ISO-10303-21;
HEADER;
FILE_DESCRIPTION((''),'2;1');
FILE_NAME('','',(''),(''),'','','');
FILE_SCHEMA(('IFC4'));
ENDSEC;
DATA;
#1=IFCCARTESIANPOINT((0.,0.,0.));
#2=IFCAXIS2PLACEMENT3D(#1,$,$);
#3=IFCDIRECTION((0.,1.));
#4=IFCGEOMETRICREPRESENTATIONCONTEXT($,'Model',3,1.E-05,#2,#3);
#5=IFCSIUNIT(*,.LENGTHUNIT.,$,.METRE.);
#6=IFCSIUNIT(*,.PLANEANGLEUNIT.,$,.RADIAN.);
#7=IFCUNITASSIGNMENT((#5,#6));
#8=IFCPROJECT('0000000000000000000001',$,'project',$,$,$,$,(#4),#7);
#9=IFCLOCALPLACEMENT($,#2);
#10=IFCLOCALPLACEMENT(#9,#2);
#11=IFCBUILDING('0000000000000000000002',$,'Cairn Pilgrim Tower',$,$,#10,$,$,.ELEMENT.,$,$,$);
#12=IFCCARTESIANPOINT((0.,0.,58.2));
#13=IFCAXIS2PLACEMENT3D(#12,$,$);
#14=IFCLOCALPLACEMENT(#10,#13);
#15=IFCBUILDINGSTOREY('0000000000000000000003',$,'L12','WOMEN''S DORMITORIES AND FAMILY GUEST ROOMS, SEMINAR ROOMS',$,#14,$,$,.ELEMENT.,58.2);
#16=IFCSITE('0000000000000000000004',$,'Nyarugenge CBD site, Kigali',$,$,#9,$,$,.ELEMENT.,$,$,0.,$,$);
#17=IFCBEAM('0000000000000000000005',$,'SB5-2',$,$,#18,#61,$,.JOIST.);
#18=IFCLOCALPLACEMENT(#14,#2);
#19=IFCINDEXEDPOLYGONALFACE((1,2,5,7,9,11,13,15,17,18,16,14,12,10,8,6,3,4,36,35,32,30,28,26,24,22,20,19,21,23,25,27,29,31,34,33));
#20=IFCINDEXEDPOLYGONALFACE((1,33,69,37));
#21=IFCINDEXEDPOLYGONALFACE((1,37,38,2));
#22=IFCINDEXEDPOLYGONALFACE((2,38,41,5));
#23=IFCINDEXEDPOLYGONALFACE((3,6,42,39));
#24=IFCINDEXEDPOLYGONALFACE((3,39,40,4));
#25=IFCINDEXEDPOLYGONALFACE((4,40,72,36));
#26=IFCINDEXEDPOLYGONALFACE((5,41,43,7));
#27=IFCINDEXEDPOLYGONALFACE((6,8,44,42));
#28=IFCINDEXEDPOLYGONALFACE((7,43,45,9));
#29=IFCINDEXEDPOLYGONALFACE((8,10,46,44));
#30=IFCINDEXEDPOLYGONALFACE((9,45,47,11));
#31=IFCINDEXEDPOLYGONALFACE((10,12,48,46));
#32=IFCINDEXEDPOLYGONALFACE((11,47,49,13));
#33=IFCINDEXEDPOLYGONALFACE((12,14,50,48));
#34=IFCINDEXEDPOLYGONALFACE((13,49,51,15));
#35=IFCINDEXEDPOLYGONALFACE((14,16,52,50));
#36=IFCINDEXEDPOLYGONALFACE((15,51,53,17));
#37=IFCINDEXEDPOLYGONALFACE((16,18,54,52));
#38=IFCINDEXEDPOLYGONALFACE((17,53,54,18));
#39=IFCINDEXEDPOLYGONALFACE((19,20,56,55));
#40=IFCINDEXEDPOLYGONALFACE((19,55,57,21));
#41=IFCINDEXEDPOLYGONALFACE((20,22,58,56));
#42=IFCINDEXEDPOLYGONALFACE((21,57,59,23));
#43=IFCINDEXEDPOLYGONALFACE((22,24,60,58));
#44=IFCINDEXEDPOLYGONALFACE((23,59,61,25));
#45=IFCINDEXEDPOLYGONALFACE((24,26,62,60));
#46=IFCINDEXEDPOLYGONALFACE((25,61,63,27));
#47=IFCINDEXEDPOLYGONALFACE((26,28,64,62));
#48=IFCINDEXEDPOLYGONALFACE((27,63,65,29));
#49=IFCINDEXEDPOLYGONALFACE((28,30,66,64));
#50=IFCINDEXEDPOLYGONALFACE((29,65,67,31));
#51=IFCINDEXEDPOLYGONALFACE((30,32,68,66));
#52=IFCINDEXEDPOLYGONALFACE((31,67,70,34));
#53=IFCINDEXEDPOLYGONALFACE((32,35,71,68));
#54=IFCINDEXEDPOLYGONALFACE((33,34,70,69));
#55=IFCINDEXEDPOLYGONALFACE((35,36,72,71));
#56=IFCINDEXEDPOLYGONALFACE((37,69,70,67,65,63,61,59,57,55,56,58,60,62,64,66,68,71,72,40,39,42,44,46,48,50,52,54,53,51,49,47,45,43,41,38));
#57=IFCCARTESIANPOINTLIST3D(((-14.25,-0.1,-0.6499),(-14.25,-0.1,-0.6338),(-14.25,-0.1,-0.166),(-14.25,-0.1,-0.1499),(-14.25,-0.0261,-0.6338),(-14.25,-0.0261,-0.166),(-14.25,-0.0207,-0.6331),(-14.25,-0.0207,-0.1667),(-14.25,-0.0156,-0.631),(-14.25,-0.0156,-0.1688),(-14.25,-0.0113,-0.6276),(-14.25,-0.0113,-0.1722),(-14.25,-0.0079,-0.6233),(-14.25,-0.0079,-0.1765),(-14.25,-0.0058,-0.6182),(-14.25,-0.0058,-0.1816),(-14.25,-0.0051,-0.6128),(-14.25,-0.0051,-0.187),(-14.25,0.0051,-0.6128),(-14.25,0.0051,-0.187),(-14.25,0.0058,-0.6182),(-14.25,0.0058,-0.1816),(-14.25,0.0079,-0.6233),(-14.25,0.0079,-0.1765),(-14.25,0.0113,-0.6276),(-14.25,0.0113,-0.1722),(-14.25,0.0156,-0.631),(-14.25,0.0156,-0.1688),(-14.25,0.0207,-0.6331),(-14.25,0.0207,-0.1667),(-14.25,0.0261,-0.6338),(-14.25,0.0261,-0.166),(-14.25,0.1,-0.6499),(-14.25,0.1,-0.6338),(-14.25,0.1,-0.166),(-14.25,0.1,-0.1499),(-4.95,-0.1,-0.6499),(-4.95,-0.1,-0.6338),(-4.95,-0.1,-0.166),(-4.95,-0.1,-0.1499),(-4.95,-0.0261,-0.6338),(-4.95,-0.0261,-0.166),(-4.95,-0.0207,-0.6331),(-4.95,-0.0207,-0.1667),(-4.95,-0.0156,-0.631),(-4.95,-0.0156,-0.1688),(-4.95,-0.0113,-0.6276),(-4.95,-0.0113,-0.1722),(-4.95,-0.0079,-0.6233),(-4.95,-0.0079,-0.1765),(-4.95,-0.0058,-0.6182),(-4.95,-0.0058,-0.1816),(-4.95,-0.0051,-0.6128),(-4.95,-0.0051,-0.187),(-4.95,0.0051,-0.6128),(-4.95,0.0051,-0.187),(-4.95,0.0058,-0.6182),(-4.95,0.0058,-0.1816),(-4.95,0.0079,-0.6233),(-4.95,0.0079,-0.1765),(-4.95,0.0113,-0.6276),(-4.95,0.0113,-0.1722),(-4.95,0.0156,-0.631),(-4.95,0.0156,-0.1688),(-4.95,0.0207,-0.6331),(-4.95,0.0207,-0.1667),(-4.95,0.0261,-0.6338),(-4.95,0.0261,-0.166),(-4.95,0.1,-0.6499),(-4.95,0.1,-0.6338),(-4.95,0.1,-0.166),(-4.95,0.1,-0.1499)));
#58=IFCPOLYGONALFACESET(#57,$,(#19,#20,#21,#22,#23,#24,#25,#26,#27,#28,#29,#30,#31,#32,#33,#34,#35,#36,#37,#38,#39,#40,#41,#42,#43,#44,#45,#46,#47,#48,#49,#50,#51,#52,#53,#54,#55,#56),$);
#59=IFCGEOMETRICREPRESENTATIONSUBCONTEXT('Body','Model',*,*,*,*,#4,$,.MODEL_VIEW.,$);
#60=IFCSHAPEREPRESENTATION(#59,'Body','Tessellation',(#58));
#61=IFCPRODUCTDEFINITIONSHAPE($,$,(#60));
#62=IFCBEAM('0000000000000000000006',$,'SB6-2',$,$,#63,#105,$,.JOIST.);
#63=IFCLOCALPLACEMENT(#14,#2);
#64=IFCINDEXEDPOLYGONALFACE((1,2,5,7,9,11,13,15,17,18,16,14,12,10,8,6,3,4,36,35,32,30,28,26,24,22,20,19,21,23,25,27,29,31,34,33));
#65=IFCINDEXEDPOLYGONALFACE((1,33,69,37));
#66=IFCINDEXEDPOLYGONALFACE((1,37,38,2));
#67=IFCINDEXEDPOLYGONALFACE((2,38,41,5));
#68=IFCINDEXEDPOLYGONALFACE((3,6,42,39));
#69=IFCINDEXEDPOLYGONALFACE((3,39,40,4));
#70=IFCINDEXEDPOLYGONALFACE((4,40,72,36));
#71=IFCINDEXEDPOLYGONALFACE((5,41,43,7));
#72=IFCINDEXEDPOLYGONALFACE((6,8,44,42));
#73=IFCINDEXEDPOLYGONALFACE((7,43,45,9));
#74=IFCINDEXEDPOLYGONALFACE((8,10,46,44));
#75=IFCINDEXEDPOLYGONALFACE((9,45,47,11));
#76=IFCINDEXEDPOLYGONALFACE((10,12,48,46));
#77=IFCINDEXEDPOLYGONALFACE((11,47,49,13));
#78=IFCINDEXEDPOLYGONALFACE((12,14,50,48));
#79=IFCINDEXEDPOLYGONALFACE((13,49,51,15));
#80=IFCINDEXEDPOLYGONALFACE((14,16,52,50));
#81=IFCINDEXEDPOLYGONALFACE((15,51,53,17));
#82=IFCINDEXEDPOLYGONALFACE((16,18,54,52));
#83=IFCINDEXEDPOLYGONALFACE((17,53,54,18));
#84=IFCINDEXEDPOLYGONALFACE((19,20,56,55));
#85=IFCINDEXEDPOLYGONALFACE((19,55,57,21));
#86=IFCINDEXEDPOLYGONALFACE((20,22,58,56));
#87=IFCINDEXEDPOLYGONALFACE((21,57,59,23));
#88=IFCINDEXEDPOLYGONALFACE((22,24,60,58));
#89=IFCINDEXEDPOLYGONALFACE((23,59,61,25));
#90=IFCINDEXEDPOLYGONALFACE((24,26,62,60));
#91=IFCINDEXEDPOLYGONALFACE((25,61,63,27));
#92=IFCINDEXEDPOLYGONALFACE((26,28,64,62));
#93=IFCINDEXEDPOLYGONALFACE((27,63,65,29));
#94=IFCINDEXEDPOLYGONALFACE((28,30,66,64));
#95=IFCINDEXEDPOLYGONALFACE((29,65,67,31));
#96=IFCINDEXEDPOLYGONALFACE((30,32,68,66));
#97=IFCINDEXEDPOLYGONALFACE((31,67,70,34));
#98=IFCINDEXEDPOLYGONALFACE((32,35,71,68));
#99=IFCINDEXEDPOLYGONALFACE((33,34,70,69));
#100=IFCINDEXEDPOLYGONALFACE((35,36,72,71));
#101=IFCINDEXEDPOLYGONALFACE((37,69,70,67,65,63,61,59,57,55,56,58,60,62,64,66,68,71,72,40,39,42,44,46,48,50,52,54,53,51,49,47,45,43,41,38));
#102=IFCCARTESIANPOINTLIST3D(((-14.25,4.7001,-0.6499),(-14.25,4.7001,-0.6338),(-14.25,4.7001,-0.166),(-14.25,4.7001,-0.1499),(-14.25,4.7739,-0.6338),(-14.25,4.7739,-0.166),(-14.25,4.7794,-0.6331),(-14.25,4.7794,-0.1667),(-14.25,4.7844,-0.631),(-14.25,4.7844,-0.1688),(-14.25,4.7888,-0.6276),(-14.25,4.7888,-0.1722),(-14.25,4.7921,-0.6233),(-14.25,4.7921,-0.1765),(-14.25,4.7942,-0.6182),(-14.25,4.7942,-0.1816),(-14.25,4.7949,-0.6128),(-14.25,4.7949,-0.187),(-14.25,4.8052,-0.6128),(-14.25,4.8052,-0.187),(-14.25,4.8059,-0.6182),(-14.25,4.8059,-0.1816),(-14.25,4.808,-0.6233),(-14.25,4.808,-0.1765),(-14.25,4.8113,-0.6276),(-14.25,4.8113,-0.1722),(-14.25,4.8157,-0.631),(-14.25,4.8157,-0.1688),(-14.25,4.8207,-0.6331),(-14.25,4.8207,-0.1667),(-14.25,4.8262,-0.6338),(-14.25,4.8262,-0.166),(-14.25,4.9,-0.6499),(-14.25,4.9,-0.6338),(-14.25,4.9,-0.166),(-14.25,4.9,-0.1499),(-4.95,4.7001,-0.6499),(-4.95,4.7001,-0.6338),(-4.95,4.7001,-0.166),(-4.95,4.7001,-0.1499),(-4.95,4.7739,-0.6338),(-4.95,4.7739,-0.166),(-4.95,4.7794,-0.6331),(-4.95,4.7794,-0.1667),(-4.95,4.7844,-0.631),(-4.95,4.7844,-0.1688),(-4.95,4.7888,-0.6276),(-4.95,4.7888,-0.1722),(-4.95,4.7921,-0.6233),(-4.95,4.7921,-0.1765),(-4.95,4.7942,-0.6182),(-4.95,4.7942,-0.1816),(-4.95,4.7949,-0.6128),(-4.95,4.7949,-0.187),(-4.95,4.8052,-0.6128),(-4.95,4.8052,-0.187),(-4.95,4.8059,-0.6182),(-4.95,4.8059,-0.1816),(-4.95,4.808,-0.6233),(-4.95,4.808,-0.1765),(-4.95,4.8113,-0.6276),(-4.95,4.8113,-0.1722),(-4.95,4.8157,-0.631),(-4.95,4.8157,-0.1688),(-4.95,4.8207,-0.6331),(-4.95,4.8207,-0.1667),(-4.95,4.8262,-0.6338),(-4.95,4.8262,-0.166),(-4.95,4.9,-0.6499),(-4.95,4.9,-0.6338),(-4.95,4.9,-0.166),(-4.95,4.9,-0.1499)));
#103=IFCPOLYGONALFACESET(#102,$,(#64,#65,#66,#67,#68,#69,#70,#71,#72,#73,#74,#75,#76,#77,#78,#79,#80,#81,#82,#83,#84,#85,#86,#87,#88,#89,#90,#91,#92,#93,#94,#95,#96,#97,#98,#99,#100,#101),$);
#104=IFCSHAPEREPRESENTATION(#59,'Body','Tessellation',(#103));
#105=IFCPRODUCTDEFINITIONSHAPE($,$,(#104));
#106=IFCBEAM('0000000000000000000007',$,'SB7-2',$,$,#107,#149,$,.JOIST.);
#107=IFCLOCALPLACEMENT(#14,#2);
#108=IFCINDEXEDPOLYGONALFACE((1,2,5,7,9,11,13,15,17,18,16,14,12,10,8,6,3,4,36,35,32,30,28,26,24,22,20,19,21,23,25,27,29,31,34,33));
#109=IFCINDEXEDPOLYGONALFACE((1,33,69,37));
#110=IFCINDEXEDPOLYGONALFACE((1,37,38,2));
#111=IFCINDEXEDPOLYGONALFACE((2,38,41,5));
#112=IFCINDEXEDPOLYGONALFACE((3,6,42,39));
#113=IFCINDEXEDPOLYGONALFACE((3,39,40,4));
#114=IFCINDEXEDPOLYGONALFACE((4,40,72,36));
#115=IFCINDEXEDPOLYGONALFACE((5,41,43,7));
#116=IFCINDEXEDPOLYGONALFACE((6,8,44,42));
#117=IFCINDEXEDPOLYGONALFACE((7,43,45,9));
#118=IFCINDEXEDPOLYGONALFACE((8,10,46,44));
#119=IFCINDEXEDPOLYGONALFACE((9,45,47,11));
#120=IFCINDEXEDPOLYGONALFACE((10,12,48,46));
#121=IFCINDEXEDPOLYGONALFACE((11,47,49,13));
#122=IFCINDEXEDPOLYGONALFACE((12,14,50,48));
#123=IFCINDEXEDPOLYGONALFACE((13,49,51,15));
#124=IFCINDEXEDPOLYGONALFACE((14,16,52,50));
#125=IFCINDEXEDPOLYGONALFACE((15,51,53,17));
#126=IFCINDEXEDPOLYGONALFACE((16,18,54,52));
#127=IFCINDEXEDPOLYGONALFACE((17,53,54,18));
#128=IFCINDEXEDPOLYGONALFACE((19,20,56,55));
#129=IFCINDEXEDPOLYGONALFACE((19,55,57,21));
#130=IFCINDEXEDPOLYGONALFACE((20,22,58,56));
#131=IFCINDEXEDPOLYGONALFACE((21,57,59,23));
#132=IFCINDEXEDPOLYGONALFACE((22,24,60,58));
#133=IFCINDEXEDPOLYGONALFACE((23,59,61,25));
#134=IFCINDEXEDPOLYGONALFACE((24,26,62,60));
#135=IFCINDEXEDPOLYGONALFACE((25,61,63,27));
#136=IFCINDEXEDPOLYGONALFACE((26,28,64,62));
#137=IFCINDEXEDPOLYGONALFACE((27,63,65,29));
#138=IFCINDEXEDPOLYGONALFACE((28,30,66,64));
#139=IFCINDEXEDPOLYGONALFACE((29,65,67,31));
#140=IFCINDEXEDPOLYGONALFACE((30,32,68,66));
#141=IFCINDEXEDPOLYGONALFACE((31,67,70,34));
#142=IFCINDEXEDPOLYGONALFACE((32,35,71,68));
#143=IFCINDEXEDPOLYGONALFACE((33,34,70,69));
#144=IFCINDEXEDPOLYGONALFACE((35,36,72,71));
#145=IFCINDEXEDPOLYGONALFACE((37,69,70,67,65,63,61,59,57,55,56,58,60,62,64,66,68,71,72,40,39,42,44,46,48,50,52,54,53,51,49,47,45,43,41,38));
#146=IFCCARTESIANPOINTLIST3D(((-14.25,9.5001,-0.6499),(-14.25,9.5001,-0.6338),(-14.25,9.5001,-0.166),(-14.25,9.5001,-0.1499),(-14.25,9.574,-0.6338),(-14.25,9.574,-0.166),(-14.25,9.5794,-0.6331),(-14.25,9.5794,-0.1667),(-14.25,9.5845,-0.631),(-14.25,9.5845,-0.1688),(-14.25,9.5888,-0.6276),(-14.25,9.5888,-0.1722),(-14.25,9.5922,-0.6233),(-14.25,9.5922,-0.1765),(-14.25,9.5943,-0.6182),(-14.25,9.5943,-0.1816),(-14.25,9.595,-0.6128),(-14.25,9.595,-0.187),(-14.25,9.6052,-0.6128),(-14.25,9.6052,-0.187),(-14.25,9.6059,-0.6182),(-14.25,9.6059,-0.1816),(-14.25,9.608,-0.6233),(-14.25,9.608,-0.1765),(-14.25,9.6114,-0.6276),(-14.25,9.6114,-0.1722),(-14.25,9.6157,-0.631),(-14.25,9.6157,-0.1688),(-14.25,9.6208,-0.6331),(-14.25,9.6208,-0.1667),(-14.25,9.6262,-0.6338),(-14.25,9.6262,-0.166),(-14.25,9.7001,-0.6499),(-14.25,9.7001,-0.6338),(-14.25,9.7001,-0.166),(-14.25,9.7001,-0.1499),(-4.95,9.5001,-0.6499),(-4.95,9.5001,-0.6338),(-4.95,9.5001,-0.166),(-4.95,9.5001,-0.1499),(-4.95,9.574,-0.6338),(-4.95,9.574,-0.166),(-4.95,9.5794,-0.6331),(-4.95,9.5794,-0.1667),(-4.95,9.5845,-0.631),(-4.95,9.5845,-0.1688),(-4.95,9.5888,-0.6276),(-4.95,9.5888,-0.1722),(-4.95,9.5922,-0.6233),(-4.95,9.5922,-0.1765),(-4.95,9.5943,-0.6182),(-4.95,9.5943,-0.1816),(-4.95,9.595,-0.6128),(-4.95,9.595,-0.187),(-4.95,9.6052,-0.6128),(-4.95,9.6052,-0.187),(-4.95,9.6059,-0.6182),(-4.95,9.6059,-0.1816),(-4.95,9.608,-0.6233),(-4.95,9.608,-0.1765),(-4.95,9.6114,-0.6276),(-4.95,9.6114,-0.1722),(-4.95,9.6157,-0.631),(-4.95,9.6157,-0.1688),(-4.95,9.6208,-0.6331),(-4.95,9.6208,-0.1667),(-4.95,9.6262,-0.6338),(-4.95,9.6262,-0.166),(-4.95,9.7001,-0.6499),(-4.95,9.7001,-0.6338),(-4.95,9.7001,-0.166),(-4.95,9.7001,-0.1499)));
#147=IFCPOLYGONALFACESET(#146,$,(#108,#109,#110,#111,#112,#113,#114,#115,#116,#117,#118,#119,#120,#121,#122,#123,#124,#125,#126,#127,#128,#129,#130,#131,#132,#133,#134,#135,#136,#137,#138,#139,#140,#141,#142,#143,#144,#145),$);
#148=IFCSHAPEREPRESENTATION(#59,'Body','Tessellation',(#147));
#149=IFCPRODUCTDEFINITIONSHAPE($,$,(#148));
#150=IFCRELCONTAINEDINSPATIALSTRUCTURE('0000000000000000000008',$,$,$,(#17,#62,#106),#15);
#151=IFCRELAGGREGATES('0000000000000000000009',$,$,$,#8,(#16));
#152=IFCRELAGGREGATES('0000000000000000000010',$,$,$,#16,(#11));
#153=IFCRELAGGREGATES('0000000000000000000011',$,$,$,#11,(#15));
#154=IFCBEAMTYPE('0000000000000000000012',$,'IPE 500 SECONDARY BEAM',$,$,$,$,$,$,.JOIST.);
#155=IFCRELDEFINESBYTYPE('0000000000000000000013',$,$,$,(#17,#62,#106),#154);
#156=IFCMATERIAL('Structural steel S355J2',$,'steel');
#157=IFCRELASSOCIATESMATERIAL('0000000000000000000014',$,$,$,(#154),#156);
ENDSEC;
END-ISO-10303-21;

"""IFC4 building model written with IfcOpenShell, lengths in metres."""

from ifc_helpers import new_model, si_unit, direction, frame, origin, origin_2d, place, context, subcontext, project, spatial, i_section, extrude, material, material_profile, profile_set, type_object, element, save


model = new_model("IFC4")

# Units and contexts
model_context = context("Model", 3, precision=1e-05, world=origin(), true_north=direction((0.0, 1.0)))
body_context = subcontext(model_context, "Body", "Model", "MODEL_VIEW")
ifc_project = project(units=[si_unit("LENGTHUNIT", "METRE"), si_unit("PLANEANGLEUNIT", "RADIAN")], contexts=[model_context])

# Site, building, storey
site_placement = place(None, origin())
site = spatial("IfcSite", under=ifc_project, at=site_placement, Name="Nyarugenge CBD site, Kigali", CompositionType="ELEMENT", RefElevation=0.0)
building_placement = place(site_placement, origin())
building = spatial("IfcBuilding", under=site, at=building_placement, Name="Cairn Pilgrim Tower", CompositionType="ELEMENT")
storey_placement = place(building_placement, frame((0.0, 0.0, 58.2)))
storey = spatial("IfcBuildingStorey", under=building, at=storey_placement, Name="L12", Description="WOMEN'S DORMITORIES AND FAMILY GUEST ROOMS, SEMINAR ROOMS", CompositionType="ELEMENT", Elevation=58.2)

# Beams
ifc_material_1 = material(Name="Structural steel S355J2", Category="steel")
ifc_material_profile_1 = material_profile(ifc_material_1, i_section(OverallWidth=0.2, OverallDepth=0.5, WebThickness=0.0103, FlangeThickness=0.0161, FilletRadius=0.021, at=origin_2d()), Name="IPE 500")
ifc_profile_set_1 = profile_set([ifc_material_profile_1], Name="Structural steel S355J2")
beam_type_1 = type_object("IfcBeamType", Name="IPE 500 SECONDARY BEAM", PredefinedType="JOIST", material=ifc_profile_set_1)
for number, where, z_axis, x_axis, name in (
    (1, (-14.25, 0.0, -0.3999), (1.0, 0.0, 0.0), (0.0, 1.0, 0.0), "SB5-2"),
    (2, (-14.25, 4.8, -0.3999), (1.0, 0.0, 0.0), (0.0, 1.0, 0.0), "SB6-2"),
    (3, (-14.25, 9.6001, -0.3999), (1.0, 0.0, 0.0), (0.0, 1.0, 0.0), "SB7-2"),
):
    element("IfcBeam", number, at=place(storey_placement, frame(where, z_axis=z_axis, x_axis=x_axis)), inside=storey, type_object=beam_type_1, Name=name, PredefinedType="JOIST", context=body_context, shape_type="SweptSolid", body=[
        extrude(i_section(OverallWidth=0.2, OverallDepth=0.5, WebThickness=0.0103, FlangeThickness=0.0161, FilletRadius=0.021, at=origin_2d()), origin(), (0.0, 0.0, 1.0), 9.3),
    ])

save(model, "model.ifc")
